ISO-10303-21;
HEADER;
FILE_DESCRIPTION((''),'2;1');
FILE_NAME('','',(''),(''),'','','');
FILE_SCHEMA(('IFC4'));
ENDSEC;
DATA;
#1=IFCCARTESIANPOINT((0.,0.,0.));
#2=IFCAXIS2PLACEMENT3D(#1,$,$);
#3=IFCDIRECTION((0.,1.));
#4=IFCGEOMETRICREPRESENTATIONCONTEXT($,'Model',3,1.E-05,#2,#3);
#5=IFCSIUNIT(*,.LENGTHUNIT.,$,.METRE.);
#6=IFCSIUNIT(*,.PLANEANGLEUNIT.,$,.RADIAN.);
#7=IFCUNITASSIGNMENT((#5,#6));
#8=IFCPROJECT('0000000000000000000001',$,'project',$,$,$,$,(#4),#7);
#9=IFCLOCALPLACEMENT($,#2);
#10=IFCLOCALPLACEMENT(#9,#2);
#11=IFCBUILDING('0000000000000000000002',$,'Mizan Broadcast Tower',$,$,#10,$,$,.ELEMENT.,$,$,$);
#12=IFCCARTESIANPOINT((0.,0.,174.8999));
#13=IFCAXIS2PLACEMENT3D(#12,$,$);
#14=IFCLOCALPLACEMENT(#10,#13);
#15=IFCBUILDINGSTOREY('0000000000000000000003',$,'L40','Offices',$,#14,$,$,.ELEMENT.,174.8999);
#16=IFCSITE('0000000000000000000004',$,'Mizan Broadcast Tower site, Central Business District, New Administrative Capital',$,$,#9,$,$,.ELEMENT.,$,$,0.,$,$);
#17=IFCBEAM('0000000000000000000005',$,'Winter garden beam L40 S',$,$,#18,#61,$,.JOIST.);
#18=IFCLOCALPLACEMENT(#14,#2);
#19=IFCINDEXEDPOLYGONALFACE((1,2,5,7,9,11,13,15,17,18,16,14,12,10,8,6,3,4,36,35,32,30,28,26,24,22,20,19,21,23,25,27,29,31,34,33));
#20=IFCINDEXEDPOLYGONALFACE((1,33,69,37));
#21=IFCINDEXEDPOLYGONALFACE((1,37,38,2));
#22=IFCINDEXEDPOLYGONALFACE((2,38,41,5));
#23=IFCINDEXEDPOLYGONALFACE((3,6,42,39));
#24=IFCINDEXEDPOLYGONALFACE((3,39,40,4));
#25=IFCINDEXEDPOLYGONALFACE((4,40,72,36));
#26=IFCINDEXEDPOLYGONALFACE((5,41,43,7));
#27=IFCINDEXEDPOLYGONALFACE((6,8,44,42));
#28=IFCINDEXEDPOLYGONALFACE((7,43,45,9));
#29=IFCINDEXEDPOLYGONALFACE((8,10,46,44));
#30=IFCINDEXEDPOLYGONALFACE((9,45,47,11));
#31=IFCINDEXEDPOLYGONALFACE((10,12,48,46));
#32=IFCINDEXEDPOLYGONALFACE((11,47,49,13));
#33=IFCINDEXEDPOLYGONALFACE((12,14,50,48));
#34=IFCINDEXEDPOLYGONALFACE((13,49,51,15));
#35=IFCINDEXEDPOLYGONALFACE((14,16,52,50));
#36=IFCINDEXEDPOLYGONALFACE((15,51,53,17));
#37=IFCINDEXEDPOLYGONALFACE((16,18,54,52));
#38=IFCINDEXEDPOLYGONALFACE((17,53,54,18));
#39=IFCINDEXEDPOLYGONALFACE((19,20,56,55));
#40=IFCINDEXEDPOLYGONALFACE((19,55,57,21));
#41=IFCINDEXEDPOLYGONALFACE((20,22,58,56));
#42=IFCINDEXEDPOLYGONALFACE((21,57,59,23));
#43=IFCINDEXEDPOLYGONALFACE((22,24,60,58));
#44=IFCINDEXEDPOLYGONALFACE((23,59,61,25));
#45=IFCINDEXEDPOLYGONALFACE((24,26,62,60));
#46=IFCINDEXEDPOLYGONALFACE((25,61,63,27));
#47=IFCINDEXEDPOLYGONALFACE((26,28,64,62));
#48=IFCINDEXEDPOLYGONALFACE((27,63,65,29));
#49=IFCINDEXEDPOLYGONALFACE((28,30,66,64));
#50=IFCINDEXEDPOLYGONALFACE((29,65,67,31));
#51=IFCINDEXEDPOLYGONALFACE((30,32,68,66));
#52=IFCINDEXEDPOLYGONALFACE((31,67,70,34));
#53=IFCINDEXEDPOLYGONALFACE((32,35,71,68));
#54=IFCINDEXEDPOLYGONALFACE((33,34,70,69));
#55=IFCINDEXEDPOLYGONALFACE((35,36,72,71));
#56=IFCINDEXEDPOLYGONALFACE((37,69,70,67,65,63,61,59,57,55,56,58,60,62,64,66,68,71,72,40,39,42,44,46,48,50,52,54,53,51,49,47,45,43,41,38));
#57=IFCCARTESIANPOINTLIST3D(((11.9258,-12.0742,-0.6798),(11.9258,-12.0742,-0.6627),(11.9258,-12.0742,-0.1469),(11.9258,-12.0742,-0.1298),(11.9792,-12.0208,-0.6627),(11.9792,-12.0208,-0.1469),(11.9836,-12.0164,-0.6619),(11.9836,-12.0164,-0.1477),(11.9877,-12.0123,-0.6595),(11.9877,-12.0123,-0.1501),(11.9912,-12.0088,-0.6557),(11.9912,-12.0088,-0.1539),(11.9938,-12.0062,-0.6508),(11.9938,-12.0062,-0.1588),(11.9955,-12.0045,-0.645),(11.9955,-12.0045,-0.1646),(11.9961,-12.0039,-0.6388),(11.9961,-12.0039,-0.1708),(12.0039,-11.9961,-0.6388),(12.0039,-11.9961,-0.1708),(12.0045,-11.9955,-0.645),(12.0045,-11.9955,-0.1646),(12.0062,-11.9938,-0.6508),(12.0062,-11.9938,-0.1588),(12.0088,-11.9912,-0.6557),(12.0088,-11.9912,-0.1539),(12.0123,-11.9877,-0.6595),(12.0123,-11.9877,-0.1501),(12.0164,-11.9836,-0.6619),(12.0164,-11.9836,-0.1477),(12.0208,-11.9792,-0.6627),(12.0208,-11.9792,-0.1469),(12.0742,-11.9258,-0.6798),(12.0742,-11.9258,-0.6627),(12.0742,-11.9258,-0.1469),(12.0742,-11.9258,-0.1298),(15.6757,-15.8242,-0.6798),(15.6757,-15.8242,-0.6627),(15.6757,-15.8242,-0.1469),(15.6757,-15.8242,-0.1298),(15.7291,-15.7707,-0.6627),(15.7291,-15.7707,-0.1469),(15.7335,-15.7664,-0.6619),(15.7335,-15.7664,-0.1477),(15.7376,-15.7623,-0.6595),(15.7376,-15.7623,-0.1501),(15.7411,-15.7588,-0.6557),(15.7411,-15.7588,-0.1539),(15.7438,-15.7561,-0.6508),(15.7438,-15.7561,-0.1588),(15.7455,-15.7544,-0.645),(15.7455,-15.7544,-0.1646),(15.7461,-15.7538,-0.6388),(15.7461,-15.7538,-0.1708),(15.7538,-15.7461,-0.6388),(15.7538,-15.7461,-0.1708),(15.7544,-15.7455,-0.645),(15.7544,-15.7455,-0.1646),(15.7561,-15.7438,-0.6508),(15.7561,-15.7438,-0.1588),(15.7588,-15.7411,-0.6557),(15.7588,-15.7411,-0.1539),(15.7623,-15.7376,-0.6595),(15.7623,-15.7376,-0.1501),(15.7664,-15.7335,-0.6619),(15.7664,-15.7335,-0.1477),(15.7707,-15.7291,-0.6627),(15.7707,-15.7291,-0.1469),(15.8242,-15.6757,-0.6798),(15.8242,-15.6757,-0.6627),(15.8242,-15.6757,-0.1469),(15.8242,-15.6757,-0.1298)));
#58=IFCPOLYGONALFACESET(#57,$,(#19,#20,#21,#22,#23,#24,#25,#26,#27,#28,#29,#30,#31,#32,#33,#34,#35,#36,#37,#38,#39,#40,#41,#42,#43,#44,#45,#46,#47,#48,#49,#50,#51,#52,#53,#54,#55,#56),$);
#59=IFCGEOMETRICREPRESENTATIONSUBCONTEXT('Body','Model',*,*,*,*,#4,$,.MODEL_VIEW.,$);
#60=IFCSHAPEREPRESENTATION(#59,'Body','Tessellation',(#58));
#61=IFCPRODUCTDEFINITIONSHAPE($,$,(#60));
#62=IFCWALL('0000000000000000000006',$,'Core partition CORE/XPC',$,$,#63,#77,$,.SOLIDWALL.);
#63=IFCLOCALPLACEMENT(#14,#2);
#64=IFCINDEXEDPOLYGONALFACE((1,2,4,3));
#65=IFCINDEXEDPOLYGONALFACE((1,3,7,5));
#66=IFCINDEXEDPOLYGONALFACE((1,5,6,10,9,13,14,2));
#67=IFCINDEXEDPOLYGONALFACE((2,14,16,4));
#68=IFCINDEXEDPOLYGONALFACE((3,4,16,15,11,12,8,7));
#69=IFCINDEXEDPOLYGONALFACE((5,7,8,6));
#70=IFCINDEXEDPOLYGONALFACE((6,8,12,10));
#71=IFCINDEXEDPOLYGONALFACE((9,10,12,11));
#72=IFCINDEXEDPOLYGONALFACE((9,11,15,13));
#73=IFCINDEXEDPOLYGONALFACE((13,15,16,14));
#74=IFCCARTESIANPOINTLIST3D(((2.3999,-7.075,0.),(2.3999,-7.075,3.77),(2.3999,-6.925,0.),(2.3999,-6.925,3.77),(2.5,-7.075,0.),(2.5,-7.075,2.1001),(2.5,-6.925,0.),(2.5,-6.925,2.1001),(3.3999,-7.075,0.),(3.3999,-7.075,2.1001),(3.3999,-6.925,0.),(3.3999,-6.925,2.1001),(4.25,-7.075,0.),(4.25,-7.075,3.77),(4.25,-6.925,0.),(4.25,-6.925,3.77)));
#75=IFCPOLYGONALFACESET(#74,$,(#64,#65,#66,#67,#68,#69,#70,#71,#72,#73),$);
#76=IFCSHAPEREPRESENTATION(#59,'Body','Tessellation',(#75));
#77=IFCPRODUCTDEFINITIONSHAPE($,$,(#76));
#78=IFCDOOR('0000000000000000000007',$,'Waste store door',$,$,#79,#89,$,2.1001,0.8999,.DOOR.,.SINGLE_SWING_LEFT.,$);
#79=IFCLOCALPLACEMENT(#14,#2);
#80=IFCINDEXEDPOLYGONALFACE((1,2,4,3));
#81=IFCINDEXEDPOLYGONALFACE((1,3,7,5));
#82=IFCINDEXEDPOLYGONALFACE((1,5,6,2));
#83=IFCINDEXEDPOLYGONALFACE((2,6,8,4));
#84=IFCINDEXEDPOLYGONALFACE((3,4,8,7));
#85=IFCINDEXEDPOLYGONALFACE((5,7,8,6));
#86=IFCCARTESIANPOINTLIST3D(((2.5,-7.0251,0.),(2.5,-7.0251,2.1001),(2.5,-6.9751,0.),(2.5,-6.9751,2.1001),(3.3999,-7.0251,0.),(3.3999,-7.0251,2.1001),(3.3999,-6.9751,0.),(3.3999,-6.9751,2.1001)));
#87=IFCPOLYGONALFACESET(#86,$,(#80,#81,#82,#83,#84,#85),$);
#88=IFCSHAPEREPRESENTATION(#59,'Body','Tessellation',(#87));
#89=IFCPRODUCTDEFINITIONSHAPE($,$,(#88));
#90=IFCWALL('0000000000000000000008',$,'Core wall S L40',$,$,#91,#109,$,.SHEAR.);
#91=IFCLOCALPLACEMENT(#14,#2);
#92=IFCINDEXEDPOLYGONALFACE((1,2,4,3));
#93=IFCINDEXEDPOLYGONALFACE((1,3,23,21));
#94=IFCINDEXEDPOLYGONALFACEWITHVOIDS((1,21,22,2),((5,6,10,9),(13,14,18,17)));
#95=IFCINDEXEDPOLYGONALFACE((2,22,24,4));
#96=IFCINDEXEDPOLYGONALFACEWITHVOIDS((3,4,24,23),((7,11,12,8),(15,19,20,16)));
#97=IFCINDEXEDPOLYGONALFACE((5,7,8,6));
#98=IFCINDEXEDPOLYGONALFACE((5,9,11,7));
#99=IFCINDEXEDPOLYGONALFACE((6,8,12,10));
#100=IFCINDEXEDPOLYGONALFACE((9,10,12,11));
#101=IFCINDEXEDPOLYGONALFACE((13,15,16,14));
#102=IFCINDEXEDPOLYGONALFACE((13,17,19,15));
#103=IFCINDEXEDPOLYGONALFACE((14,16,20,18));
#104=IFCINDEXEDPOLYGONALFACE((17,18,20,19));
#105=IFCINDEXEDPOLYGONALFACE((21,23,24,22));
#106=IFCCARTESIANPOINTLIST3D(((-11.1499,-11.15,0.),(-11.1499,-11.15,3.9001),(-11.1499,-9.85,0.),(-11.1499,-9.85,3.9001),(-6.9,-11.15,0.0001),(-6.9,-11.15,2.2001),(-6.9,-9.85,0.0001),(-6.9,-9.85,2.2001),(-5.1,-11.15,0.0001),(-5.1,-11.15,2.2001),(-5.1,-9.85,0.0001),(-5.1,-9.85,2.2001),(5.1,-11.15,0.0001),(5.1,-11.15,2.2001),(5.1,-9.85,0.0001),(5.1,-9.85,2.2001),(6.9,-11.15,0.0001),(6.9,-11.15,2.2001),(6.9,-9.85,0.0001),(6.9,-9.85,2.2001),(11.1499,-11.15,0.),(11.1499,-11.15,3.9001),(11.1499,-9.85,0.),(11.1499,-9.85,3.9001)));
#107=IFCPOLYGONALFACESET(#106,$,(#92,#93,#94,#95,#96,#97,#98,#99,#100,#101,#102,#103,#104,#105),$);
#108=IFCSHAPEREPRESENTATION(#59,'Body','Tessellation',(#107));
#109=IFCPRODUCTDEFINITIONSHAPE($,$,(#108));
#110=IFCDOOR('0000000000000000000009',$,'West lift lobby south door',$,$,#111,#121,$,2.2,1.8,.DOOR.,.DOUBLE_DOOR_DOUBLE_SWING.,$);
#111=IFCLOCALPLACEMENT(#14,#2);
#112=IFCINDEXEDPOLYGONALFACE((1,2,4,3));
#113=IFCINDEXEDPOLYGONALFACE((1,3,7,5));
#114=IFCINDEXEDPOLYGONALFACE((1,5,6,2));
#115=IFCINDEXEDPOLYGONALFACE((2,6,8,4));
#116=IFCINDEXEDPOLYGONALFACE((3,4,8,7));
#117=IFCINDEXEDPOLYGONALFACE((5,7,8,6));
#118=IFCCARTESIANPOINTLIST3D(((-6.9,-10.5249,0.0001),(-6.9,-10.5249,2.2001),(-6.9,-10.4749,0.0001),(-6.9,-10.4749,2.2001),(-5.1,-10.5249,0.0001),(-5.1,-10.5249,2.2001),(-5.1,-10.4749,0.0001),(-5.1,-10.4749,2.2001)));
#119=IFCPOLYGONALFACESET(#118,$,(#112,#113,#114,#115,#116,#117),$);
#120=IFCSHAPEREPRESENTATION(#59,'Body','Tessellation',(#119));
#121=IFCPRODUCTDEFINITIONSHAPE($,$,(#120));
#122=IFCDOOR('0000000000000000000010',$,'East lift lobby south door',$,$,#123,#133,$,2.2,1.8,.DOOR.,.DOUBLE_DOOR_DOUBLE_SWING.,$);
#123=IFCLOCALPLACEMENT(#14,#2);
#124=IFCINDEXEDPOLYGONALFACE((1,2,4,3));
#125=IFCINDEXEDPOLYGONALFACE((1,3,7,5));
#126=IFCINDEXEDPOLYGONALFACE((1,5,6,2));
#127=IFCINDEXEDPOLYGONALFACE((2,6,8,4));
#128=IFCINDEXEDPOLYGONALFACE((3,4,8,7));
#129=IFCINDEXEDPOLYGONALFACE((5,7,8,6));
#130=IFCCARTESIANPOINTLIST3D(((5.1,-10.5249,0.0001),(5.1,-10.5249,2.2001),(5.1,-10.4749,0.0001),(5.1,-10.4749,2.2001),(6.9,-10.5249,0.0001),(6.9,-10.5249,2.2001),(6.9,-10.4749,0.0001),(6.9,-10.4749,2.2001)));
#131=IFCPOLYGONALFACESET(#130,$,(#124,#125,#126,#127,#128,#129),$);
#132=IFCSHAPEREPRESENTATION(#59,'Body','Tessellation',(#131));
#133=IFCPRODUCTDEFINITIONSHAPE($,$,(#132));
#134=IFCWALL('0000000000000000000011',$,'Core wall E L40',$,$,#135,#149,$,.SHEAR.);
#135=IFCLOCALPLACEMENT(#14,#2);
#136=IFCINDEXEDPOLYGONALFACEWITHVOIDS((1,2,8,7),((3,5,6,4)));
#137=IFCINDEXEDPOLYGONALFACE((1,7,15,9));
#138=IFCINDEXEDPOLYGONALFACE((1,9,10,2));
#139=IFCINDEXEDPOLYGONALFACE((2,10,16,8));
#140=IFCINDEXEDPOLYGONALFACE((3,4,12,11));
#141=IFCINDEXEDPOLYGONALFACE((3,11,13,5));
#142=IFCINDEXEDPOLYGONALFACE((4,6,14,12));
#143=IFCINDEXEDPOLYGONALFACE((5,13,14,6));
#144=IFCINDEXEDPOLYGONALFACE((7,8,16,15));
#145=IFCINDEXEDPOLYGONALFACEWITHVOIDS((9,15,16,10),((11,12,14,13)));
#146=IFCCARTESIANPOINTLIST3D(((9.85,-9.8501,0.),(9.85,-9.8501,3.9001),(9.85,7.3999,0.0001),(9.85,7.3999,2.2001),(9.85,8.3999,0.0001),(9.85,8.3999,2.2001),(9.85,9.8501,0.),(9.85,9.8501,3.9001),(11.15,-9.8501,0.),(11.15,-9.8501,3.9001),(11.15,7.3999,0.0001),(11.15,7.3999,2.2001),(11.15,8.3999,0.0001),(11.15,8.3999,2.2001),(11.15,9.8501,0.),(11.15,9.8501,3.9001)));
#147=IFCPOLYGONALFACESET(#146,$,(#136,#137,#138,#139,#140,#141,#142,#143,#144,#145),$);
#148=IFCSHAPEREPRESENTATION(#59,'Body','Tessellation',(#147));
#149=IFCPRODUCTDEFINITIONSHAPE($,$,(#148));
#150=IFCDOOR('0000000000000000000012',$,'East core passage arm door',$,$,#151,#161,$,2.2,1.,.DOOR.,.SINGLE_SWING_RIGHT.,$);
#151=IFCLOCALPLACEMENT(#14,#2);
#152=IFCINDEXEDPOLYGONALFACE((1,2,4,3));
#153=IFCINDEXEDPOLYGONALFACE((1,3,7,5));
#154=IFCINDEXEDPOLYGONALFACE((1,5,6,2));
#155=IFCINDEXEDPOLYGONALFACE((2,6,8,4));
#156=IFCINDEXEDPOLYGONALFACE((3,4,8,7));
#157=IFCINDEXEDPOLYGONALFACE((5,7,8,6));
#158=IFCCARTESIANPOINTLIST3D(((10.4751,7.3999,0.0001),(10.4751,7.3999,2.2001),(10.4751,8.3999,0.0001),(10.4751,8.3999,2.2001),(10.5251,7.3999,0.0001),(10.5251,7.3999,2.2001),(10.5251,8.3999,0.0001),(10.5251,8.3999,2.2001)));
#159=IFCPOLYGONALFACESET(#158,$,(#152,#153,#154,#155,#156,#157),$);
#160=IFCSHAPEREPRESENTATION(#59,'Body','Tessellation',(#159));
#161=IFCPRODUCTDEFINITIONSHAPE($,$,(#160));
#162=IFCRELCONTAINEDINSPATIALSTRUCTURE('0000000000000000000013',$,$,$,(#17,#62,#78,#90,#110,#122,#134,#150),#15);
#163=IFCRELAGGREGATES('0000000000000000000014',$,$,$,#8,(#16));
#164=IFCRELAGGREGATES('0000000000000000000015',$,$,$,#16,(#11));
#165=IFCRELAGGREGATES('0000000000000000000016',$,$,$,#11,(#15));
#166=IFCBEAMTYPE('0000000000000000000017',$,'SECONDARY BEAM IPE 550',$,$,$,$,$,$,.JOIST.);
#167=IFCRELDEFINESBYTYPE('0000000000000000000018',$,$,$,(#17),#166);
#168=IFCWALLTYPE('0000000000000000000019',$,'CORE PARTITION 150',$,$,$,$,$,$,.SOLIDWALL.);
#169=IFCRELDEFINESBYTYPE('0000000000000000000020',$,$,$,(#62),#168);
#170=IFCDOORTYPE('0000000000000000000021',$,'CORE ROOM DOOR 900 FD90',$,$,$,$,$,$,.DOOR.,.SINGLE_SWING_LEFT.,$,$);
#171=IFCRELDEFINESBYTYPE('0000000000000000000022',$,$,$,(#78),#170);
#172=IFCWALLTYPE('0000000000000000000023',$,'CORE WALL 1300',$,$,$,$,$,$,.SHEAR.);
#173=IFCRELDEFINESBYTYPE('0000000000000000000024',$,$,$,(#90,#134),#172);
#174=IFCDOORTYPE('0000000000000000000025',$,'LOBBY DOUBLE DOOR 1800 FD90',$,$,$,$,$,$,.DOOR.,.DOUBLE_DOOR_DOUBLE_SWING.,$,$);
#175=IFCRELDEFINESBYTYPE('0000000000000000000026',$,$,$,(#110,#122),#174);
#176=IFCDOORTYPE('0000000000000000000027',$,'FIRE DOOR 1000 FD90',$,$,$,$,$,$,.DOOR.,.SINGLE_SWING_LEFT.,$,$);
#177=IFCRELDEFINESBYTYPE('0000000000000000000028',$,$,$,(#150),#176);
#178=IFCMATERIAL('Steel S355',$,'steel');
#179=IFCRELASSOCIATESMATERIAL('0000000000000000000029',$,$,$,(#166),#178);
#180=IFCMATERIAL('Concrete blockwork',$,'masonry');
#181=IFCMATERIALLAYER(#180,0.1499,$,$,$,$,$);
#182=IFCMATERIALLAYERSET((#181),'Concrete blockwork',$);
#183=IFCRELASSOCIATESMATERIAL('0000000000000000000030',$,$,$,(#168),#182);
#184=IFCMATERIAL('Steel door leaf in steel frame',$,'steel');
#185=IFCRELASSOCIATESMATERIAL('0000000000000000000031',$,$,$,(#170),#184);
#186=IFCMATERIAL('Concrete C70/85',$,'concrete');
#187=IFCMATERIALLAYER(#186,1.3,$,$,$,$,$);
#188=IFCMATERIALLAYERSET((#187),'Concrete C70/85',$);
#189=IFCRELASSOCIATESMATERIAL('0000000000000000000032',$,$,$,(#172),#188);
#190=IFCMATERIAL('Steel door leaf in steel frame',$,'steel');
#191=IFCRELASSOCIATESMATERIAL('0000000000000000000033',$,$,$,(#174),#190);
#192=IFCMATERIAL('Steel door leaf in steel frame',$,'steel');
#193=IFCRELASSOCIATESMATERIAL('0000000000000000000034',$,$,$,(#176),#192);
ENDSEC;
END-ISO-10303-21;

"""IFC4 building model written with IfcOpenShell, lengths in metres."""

from ifc_helpers import new_model, si_unit, direction, frame, frame_2d, origin, origin_2d, place, context, subcontext, project, spatial, rectangle, i_section, extrude, material, layer, layer_set, material_profile, profile_set, type_object, element, fill, save


model = new_model("IFC4")

# Units and contexts
model_context = context("Model", 3, precision=1e-05, world=origin(), true_north=direction((0.0, 1.0)))
body_context = subcontext(model_context, "Body", "Model", "MODEL_VIEW")
ifc_project = project(units=[si_unit("LENGTHUNIT", "METRE"), si_unit("PLANEANGLEUNIT", "RADIAN")], contexts=[model_context])

# Site, building, storey
site_placement = place(None, origin())
site = spatial("IfcSite", under=ifc_project, at=site_placement, Name="Mizan Broadcast Tower site, Central Business District, New Administrative Capital", CompositionType="ELEMENT", RefElevation=0.0)
building_placement = place(site_placement, origin())
building = spatial("IfcBuilding", under=site, at=building_placement, Name="Mizan Broadcast Tower", CompositionType="ELEMENT")
storey_placement = place(building_placement, frame((0.0, 0.0, 174.8999)))
storey = spatial("IfcBuildingStorey", under=building, at=storey_placement, Name="L40", Description="Offices", CompositionType="ELEMENT", Elevation=174.8999)

# Beam
ifc_material_1 = material(Name="Steel S355", Category="steel")
ifc_material_profile_1 = material_profile(ifc_material_1, i_section(OverallWidth=0.21, OverallDepth=0.55, WebThickness=0.011, FlangeThickness=0.0171, FilletRadius=0.0239, at=origin_2d()), Name="IPE 550")
ifc_profile_set_1 = profile_set([ifc_material_profile_1], Name="Steel S355")
beam_type_1 = type_object("IfcBeamType", Name="SECONDARY BEAM IPE 550", PredefinedType="JOIST", material=ifc_profile_set_1)
beam_1_placement = place(storey_placement, frame((12.0, -12.0, -0.4048), z_axis=(0.707107, -0.707107, 0.0), x_axis=(0.707107, 0.707107, 0.0)))
element("IfcBeam", 1, at=beam_1_placement, inside=storey, type_object=beam_type_1, Name="Winter garden beam L40 S", PredefinedType="JOIST", context=body_context, shape_type="SweptSolid", body=[
    extrude(i_section(OverallWidth=0.21, OverallDepth=0.55, WebThickness=0.011, FlangeThickness=0.0171, FilletRadius=0.0239, at=origin_2d()), origin(), (0.0, 0.0, 1.0), 5.3032),
])

# Wall, opening, door
ifc_material_2 = material(Name="Concrete blockwork", Category="masonry")
ifc_layer_1 = layer(ifc_material_2, 0.1499)
ifc_layer_set_1 = layer_set([ifc_layer_1], Name="Concrete blockwork")
wall_type_1 = type_object("IfcWallType", Name="CORE PARTITION 150", PredefinedType="SOLIDWALL", material=ifc_layer_set_1)
wall_1_placement = place(storey_placement, frame((2.3999, -7.0, 0.0), z_axis=(0.0, 0.0, 1.0), x_axis=(1.0, 0.0, 0.0)))
wall_1 = element("IfcWall", 2, at=wall_1_placement, inside=storey, type_object=wall_type_1, Name="Core partition CORE/XPC", PredefinedType="SOLIDWALL", context=body_context, shape_type="SweptSolid", body=[
    extrude(rectangle(XDim=1.8501, YDim=0.1499, at=frame_2d((0.925, 0.0))), origin(), (0.0, 0.0, 1.0), 3.77),
])
opening_1_placement = place(wall_1_placement, frame((0.1001, 0.0, 0.0)))
opening_1 = element("IfcOpeningElement", 3, at=opening_1_placement, cuts=wall_1, PredefinedType="OPENING", context=body_context, shape_type="SweptSolid", body=[
    extrude(rectangle(XDim=0.8999, YDim=2.1001, at=frame_2d((0.45, 1.05))), frame((0.0, 0.085, 0.0), z_axis=(0.0, -1.0, 0.0), x_axis=(1.0, 0.0, 0.0)), (0.0, 0.0, 1.0), 0.1699),
])
ifc_material_3 = material(Name="Steel door leaf in steel frame", Category="steel")
door_type_1 = type_object("IfcDoorType", Name="CORE ROOM DOOR 900 FD90", OperationType="SINGLE_SWING_LEFT", PredefinedType="DOOR", material=ifc_material_3)
door_1_placement = place(opening_1_placement, origin())
door_1 = element("IfcDoor", 4, at=door_1_placement, inside=storey, type_object=door_type_1, Name="Waste store door", OperationType="SINGLE_SWING_LEFT", OverallHeight=2.1001, OverallWidth=0.8999, PredefinedType="DOOR", context=body_context, shape_type="SweptSolid", body=[
    extrude(rectangle(XDim=0.8999, YDim=2.1001, at=frame_2d((0.45, 1.05))), frame((0.0, 0.0249, 0.0), z_axis=(0.0, -1.0, 0.0), x_axis=(1.0, 0.0, 0.0)), (0.0, 0.0, 1.0), 0.05),
])
fill(opening_1, door_1)

# Wall, openings, doors
ifc_material_4 = material(Name="Concrete C70/85", Category="concrete")
ifc_layer_2 = layer(ifc_material_4, 1.3)
ifc_layer_set_2 = layer_set([ifc_layer_2], Name="Concrete C70/85")
wall_type_2 = type_object("IfcWallType", Name="CORE WALL 1300", PredefinedType="SHEAR", material=ifc_layer_set_2)
wall_2_placement = place(storey_placement, frame((11.1499, -10.5, 0.0), z_axis=(0.0, 0.0, 1.0), x_axis=(-1.0, 0.0, 0.0)))
wall_2 = element("IfcWall", 5, at=wall_2_placement, inside=storey, type_object=wall_type_2, Name="Core wall S L40", PredefinedType="SHEAR", context=body_context, shape_type="SweptSolid", body=[
    extrude(rectangle(XDim=22.2998, YDim=1.3, at=frame_2d((11.1499, 0.0))), origin(), (0.0, 0.0, 1.0), 3.9001),
])
opening_2_placement = place(wall_2_placement, frame((16.25, 0.0, 0.0)))
opening_2 = element("IfcOpeningElement", 6, at=opening_2_placement, cuts=wall_2, PredefinedType="OPENING", context=body_context, shape_type="SweptSolid", body=[
    extrude(rectangle(XDim=1.8, YDim=2.2, at=frame_2d((0.8999, 1.1001))), frame((0.0, 0.6599, 0.0), z_axis=(0.0, -1.0, 0.0), x_axis=(1.0, 0.0, 0.0)), (0.0, 0.0, 1.0), 1.3201),
])
opening_3_placement = place(wall_2_placement, frame((4.25, 0.0, 0.0)))
opening_3 = element("IfcOpeningElement", 7, at=opening_3_placement, cuts=wall_2, PredefinedType="OPENING", context=body_context, shape_type="SweptSolid", body=[
    extrude(rectangle(XDim=1.8, YDim=2.2, at=frame_2d((0.8999, 1.1001))), frame((0.0, 0.6599, 0.0), z_axis=(0.0, -1.0, 0.0), x_axis=(1.0, 0.0, 0.0)), (0.0, 0.0, 1.0), 1.3201),
])
ifc_material_5 = material(Name="Steel door leaf in steel frame", Category="steel")
door_type_2 = type_object("IfcDoorType", Name="LOBBY DOUBLE DOOR 1800 FD90", OperationType="DOUBLE_DOOR_DOUBLE_SWING", PredefinedType="DOOR", material=ifc_material_5)
door_2_placement = place(opening_2_placement, origin())
door_2 = element("IfcDoor", 8, at=door_2_placement, inside=storey, type_object=door_type_2, Name="West lift lobby south door", OperationType="DOUBLE_DOOR_DOUBLE_SWING", OverallHeight=2.2, OverallWidth=1.8, PredefinedType="DOOR", context=body_context, shape_type="SweptSolid", body=[
    extrude(rectangle(XDim=1.8, YDim=2.2, at=frame_2d((0.8999, 1.1001))), frame((0.0, 0.0249, 0.0), z_axis=(0.0, -1.0, 0.0), x_axis=(1.0, 0.0, 0.0)), (0.0, 0.0, 1.0), 0.05),
])
fill(opening_2, door_2)
door_3_placement = place(opening_3_placement, origin())
door_3 = element("IfcDoor", 9, at=door_3_placement, inside=storey, type_object=door_type_2, Name="East lift lobby south door", OperationType="DOUBLE_DOOR_DOUBLE_SWING", OverallHeight=2.2, OverallWidth=1.8, PredefinedType="DOOR", context=body_context, shape_type="SweptSolid", body=[
    extrude(rectangle(XDim=1.8, YDim=2.2, at=frame_2d((0.8999, 1.1001))), frame((0.0, 0.0249, 0.0), z_axis=(0.0, -1.0, 0.0), x_axis=(1.0, 0.0, 0.0)), (0.0, 0.0, 1.0), 0.05),
])
fill(opening_3, door_3)

# Wall, opening, door
wall_3_placement = place(storey_placement, frame((10.5, -9.8501, 0.0), z_axis=(0.0, 0.0, 1.0), x_axis=(0.0, 1.0, 0.0)))
wall_3 = element("IfcWall", 10, at=wall_3_placement, inside=storey, type_object=wall_type_2, Name="Core wall E L40", PredefinedType="SHEAR", context=body_context, shape_type="SweptSolid", body=[
    extrude(rectangle(XDim=19.7002, YDim=1.3, at=frame_2d((9.8501, 0.0))), origin(), (0.0, 0.0, 1.0), 3.9001),
])
opening_4_placement = place(wall_3_placement, frame((17.25, 0.0, 0.0)))
opening_4 = element("IfcOpeningElement", 11, at=opening_4_placement, cuts=wall_3, PredefinedType="OPENING", context=body_context, shape_type="SweptSolid", body=[
    extrude(rectangle(XDim=1.0, YDim=2.2, at=frame_2d((0.5, 1.1001))), frame((0.0, 0.6599, 0.0), z_axis=(0.0, -1.0, 0.0), x_axis=(1.0, 0.0, 0.0)), (0.0, 0.0, 1.0), 1.3201),
])
ifc_material_6 = material(Name="Steel door leaf in steel frame", Category="steel")
door_type_3 = type_object("IfcDoorType", Name="FIRE DOOR 1000 FD90", OperationType="SINGLE_SWING_LEFT", PredefinedType="DOOR", material=ifc_material_6)
door_4_placement = place(opening_4_placement, origin())
door_4 = element("IfcDoor", 12, at=door_4_placement, inside=storey, type_object=door_type_3, Name="East core passage arm door", OperationType="SINGLE_SWING_RIGHT", OverallHeight=2.2, OverallWidth=1.0, PredefinedType="DOOR", context=body_context, shape_type="SweptSolid", body=[
    extrude(rectangle(XDim=1.0, YDim=2.2, at=frame_2d((0.5, 1.1001))), frame((0.0, 0.0249, 0.0), z_axis=(0.0, -1.0, 0.0), x_axis=(1.0, 0.0, 0.0)), (0.0, 0.0, 1.0), 0.05),
])
fill(opening_4, door_4)

save(model, "model.ifc")
